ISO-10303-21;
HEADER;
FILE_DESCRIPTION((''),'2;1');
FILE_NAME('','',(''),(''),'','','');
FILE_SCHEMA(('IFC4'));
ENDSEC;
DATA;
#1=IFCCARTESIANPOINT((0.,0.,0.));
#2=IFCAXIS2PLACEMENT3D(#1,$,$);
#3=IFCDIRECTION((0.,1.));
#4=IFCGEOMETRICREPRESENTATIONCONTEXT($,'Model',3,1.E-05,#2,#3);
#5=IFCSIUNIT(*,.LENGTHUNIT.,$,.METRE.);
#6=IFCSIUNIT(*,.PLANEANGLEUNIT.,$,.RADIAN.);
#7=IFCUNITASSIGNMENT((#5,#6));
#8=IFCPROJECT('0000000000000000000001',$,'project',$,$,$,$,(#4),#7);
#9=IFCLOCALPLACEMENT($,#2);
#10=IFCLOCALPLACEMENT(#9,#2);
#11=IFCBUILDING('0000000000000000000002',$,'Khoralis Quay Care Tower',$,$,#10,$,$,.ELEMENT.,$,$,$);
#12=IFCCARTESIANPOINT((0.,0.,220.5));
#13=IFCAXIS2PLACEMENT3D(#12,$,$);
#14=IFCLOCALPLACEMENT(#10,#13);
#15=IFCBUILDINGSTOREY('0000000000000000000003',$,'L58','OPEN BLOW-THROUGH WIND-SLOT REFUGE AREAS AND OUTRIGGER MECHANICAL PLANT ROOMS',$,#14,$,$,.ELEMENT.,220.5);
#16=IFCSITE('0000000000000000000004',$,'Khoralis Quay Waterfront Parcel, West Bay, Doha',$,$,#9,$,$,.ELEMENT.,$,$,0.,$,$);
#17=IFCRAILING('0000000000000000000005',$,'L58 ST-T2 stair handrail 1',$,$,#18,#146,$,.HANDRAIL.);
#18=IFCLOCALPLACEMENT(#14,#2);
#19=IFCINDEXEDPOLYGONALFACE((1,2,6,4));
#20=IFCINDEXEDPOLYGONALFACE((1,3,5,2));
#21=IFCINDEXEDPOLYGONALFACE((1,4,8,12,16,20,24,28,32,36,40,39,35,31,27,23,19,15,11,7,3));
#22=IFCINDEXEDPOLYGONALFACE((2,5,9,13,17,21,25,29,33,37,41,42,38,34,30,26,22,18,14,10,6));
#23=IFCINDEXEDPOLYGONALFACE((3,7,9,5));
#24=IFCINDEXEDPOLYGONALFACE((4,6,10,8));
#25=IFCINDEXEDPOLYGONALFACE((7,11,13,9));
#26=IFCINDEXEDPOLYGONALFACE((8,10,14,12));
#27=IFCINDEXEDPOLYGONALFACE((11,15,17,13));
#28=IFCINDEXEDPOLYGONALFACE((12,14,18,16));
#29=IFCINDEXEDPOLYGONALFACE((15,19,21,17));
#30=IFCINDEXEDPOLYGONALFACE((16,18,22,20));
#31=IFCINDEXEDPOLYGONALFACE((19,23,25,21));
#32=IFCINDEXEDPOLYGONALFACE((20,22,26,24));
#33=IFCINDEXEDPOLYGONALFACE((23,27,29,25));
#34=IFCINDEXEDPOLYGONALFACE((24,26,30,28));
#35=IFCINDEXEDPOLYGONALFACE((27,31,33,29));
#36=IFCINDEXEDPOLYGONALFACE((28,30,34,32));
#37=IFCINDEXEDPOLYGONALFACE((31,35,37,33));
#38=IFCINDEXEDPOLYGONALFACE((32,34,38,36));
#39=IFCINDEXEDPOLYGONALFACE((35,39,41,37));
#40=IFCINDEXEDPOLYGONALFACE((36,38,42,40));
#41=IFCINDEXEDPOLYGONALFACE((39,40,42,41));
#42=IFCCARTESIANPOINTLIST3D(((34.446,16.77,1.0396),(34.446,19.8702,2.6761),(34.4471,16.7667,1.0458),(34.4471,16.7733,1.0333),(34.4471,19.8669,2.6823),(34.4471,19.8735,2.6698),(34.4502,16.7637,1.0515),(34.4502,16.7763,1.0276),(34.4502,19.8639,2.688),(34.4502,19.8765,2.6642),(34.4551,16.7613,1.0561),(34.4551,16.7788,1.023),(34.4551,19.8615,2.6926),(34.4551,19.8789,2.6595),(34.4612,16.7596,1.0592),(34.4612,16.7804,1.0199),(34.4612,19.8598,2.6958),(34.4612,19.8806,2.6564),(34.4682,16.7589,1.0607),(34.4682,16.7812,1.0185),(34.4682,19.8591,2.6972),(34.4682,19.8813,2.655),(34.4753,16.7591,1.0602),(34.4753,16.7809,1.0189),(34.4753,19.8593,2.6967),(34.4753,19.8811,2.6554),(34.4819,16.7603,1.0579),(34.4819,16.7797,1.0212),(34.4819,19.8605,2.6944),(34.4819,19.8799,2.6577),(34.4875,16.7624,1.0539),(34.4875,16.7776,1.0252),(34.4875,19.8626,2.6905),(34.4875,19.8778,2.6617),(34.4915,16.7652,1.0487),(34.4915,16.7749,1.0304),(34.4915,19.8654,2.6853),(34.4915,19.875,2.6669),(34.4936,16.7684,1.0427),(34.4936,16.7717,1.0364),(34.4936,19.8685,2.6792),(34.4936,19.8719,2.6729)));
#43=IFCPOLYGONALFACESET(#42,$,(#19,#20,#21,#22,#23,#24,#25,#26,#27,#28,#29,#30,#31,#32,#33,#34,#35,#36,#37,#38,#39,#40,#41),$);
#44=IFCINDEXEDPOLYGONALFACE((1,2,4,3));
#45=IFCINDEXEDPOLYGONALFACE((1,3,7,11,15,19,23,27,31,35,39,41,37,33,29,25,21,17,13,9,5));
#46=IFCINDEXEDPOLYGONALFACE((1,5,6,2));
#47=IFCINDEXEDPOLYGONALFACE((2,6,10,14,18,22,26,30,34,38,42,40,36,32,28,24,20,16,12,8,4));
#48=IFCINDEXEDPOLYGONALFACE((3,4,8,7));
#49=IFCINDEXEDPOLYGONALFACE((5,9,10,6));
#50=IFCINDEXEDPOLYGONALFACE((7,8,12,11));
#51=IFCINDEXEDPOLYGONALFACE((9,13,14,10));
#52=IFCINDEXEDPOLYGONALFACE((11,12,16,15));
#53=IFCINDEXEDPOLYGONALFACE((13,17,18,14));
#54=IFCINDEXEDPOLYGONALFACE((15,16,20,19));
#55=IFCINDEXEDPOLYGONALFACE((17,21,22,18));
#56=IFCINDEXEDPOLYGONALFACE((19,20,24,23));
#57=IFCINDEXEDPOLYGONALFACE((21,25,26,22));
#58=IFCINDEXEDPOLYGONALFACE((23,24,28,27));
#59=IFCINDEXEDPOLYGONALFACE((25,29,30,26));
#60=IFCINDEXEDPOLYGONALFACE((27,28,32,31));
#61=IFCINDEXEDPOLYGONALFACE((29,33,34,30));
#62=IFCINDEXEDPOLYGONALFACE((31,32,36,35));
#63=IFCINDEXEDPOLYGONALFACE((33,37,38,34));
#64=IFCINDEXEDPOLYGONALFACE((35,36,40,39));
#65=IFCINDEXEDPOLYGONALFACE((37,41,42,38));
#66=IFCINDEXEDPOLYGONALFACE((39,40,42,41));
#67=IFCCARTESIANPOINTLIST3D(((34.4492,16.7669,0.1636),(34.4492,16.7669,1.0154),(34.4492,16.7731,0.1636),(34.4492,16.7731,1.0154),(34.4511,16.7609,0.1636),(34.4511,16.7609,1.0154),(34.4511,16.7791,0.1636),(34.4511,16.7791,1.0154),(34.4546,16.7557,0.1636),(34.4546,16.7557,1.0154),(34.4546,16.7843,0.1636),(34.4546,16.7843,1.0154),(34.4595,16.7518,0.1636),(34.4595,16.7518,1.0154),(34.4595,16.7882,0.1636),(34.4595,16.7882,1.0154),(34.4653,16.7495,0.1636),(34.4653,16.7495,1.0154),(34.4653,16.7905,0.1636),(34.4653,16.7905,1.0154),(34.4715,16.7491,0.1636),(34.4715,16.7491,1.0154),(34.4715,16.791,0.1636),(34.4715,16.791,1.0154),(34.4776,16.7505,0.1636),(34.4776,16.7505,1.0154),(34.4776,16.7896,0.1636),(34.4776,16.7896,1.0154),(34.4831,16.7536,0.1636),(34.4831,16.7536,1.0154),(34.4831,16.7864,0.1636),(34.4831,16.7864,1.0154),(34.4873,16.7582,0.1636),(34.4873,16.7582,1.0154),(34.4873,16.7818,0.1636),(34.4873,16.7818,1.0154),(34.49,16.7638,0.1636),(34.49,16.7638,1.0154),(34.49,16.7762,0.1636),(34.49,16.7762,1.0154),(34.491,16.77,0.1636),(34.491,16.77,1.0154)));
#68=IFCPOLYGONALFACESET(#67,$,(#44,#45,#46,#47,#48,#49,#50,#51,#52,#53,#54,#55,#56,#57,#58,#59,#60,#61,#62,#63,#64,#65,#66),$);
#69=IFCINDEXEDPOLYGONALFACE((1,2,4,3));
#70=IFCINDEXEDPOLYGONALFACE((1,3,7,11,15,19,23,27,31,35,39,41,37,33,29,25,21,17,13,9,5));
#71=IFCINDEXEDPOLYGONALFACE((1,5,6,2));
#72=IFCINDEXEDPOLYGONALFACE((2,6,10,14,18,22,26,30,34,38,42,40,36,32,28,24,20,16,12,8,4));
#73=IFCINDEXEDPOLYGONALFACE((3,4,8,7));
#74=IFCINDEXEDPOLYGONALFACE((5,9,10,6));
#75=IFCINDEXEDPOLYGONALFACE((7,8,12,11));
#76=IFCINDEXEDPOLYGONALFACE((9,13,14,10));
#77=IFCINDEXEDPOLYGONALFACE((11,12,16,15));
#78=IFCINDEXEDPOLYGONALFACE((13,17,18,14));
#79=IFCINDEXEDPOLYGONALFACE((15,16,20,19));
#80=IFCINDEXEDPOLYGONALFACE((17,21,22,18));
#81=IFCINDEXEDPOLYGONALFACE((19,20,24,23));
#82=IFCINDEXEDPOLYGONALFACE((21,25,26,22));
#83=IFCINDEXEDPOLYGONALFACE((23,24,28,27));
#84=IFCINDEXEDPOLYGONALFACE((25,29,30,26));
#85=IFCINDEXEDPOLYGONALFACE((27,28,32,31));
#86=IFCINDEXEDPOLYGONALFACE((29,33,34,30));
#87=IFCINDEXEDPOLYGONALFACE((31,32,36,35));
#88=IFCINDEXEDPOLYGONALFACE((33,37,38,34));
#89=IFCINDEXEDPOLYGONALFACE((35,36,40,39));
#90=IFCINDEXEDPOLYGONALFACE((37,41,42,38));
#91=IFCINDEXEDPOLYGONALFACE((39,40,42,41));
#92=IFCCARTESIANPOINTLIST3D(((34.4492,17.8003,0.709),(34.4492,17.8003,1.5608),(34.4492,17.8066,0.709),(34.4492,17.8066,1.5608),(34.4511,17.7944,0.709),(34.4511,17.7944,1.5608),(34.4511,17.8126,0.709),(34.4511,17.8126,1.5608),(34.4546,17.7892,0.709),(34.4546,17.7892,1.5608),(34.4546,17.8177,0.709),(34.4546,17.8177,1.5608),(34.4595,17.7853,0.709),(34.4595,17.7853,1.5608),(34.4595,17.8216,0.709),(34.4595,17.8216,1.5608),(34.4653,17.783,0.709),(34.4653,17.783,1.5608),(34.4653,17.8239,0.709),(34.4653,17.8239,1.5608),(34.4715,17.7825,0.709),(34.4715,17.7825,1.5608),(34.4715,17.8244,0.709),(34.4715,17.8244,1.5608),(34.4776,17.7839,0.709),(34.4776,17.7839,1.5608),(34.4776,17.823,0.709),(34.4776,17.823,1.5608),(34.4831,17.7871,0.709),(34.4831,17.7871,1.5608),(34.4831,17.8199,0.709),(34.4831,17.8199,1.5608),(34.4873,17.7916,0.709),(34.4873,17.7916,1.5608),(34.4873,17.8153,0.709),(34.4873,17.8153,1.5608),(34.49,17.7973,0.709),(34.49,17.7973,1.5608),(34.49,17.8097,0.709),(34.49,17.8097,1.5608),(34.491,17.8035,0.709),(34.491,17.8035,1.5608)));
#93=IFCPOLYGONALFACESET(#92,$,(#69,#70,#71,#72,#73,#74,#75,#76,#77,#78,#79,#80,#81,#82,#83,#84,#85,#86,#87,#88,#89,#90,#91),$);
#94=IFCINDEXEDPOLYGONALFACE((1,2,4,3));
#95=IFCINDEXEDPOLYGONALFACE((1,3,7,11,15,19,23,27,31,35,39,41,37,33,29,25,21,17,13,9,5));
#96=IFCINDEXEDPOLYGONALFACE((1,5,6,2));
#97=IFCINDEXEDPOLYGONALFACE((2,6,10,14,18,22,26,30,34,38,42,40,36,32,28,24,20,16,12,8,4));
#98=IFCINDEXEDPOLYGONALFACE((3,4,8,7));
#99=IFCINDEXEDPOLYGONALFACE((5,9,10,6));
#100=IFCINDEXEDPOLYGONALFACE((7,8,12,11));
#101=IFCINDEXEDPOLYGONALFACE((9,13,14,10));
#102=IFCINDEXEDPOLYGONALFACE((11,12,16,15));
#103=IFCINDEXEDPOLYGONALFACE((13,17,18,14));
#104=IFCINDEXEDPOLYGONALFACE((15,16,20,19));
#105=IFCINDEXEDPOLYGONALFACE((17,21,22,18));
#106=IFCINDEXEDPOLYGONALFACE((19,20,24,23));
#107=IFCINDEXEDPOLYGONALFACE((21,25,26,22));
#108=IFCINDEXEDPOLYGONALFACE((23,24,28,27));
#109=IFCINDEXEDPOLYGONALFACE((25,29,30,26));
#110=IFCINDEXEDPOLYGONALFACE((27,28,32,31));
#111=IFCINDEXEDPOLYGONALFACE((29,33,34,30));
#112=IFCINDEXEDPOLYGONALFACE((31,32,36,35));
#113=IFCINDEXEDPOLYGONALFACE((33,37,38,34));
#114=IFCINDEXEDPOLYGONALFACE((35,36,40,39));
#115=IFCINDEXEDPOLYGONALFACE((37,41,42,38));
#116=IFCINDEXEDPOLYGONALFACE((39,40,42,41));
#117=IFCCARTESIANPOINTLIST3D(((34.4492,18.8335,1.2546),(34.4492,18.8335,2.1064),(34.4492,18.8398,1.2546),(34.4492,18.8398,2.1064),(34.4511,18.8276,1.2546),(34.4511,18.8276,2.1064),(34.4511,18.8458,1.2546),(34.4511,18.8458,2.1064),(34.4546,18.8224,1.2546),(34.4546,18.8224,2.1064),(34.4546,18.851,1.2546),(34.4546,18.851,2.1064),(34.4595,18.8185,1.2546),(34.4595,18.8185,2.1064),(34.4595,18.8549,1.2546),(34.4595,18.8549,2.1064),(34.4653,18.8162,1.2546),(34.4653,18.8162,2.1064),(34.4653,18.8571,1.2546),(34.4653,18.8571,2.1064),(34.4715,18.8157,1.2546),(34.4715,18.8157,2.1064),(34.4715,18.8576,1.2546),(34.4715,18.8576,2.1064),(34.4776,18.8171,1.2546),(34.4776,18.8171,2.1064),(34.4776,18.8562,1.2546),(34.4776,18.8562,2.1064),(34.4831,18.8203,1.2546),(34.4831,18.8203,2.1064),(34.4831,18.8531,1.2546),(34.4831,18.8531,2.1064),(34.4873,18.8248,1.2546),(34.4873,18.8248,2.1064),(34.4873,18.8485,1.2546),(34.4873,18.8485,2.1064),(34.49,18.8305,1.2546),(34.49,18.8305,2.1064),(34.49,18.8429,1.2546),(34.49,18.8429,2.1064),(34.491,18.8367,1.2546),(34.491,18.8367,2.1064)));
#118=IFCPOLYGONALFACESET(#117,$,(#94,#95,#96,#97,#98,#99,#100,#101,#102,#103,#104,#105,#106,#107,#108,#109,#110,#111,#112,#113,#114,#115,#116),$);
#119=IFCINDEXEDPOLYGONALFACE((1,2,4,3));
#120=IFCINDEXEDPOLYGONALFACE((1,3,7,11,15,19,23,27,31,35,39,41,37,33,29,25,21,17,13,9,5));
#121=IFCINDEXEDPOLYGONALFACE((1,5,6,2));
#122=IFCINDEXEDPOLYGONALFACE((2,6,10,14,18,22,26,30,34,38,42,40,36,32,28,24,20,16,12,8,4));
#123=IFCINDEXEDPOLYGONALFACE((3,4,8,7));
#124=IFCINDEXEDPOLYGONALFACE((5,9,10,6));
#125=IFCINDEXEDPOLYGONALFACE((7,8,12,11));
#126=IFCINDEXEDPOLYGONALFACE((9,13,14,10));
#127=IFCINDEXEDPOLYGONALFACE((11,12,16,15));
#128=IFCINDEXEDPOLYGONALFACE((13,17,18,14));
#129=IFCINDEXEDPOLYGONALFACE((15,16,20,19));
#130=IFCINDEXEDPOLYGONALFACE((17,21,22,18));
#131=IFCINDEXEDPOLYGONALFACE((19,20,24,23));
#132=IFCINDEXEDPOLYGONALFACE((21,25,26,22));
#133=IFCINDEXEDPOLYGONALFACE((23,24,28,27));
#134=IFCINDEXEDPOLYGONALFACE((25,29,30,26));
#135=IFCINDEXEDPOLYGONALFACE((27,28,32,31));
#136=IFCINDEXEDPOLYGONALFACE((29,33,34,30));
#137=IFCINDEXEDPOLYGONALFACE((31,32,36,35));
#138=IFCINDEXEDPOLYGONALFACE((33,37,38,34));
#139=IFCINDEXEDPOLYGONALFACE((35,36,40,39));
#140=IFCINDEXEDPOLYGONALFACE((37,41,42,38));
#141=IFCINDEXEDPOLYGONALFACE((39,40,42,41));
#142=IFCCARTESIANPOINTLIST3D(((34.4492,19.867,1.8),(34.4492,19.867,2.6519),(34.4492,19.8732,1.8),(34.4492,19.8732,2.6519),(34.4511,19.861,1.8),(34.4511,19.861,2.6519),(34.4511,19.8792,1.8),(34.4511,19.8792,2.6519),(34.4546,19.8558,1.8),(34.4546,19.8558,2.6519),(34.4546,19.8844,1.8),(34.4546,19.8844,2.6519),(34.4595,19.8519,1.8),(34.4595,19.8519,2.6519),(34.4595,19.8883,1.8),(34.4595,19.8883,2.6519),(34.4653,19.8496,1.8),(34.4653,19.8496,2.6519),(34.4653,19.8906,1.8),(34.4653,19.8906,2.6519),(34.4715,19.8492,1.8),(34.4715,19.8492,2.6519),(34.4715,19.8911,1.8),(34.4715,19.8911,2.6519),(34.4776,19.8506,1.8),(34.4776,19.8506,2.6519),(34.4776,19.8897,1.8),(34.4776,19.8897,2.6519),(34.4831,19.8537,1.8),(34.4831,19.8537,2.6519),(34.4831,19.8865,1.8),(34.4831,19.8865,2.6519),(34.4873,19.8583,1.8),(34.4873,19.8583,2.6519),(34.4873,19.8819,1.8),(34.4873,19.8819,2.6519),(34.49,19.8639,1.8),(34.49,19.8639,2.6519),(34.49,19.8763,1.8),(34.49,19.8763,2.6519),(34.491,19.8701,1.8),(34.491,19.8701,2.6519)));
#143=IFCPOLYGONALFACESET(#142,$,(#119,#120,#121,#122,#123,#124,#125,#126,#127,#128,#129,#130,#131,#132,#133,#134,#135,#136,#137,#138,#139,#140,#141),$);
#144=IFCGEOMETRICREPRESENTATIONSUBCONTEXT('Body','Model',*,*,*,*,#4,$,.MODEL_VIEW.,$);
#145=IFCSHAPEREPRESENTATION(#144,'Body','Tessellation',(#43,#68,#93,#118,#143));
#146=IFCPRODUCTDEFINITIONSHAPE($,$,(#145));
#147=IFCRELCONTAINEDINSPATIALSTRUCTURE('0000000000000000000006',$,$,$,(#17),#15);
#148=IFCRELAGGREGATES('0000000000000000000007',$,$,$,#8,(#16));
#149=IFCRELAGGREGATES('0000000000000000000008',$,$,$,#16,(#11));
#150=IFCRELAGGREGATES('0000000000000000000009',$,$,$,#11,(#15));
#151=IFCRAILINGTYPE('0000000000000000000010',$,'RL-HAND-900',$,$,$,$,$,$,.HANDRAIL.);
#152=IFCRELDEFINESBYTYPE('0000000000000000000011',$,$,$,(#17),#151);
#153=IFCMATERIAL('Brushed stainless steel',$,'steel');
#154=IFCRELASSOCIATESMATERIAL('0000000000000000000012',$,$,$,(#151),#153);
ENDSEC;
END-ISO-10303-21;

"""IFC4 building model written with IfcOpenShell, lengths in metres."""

from ifc_helpers import new_model, si_unit, direction, frame, origin, origin_2d, place, context, subcontext, project, spatial, circle, extrude, material, type_object, element, save


model = new_model("IFC4")

# Units and contexts
model_context = context("Model", 3, precision=1e-05, world=origin(), true_north=direction((0.0, 1.0)))
body_context = subcontext(model_context, "Body", "Model", "MODEL_VIEW")
ifc_project = project(units=[si_unit("LENGTHUNIT", "METRE"), si_unit("PLANEANGLEUNIT", "RADIAN")], contexts=[model_context])

# Site, building, storey
site_placement = place(None, origin())
site = spatial("IfcSite", under=ifc_project, at=site_placement, Name="Khoralis Quay Waterfront Parcel, West Bay, Doha", CompositionType="ELEMENT", RefElevation=0.0)
building_placement = place(site_placement, origin())
building = spatial("IfcBuilding", under=site, at=building_placement, Name="Khoralis Quay Care Tower", CompositionType="ELEMENT")
storey_placement = place(building_placement, frame((0.0, 0.0, 220.5)))
storey = spatial("IfcBuildingStorey", under=building, at=storey_placement, Name="L58", Description="OPEN BLOW-THROUGH WIND-SLOT REFUGE AREAS AND OUTRIGGER MECHANICAL PLANT ROOMS", CompositionType="ELEMENT", Elevation=220.5)

# Railing
ifc_material_1 = material(Name="Brushed stainless steel", Category="steel")
railing_type_1 = type_object("IfcRailingType", Name="RL-HAND-900", PredefinedType="HANDRAIL", material=ifc_material_1)
railing_1_placement = place(storey_placement, frame((34.47, 16.77, 0.1636)))
element("IfcRailing", 1, at=railing_1_placement, inside=storey, type_object=railing_type_1, Name="L58 ST-T2 stair handrail 1", PredefinedType="HANDRAIL", context=body_context, shape_type="SweptSolid", body=[
    extrude(circle(Radius=0.0239, at=origin_2d()), frame((0.0, 0.0, 0.876), z_axis=(0.0, 0.884348, 0.466828), x_axis=(-1.0, 0.0, 0.0)), (0.0, 0.0, 1.0), 3.5056),
    extrude(circle(Radius=0.021, at=origin_2d()), origin(), (0.0, 0.0, 1.0), 0.8518),
    extrude(circle(Radius=0.021, at=origin_2d()), frame((0.0, 1.0334, 0.5454)), (0.0, 0.0, 1.0), 0.8518),
    extrude(circle(Radius=0.021, at=origin_2d()), frame((0.0, 2.0667, 1.0911)), (0.0, 0.0, 1.0), 0.8518),
    extrude(circle(Radius=0.021, at=origin_2d()), frame((0.0, 3.1001, 1.6365)), (0.0, 0.0, 1.0), 0.8518),
])

save(model, "model.ifc")
